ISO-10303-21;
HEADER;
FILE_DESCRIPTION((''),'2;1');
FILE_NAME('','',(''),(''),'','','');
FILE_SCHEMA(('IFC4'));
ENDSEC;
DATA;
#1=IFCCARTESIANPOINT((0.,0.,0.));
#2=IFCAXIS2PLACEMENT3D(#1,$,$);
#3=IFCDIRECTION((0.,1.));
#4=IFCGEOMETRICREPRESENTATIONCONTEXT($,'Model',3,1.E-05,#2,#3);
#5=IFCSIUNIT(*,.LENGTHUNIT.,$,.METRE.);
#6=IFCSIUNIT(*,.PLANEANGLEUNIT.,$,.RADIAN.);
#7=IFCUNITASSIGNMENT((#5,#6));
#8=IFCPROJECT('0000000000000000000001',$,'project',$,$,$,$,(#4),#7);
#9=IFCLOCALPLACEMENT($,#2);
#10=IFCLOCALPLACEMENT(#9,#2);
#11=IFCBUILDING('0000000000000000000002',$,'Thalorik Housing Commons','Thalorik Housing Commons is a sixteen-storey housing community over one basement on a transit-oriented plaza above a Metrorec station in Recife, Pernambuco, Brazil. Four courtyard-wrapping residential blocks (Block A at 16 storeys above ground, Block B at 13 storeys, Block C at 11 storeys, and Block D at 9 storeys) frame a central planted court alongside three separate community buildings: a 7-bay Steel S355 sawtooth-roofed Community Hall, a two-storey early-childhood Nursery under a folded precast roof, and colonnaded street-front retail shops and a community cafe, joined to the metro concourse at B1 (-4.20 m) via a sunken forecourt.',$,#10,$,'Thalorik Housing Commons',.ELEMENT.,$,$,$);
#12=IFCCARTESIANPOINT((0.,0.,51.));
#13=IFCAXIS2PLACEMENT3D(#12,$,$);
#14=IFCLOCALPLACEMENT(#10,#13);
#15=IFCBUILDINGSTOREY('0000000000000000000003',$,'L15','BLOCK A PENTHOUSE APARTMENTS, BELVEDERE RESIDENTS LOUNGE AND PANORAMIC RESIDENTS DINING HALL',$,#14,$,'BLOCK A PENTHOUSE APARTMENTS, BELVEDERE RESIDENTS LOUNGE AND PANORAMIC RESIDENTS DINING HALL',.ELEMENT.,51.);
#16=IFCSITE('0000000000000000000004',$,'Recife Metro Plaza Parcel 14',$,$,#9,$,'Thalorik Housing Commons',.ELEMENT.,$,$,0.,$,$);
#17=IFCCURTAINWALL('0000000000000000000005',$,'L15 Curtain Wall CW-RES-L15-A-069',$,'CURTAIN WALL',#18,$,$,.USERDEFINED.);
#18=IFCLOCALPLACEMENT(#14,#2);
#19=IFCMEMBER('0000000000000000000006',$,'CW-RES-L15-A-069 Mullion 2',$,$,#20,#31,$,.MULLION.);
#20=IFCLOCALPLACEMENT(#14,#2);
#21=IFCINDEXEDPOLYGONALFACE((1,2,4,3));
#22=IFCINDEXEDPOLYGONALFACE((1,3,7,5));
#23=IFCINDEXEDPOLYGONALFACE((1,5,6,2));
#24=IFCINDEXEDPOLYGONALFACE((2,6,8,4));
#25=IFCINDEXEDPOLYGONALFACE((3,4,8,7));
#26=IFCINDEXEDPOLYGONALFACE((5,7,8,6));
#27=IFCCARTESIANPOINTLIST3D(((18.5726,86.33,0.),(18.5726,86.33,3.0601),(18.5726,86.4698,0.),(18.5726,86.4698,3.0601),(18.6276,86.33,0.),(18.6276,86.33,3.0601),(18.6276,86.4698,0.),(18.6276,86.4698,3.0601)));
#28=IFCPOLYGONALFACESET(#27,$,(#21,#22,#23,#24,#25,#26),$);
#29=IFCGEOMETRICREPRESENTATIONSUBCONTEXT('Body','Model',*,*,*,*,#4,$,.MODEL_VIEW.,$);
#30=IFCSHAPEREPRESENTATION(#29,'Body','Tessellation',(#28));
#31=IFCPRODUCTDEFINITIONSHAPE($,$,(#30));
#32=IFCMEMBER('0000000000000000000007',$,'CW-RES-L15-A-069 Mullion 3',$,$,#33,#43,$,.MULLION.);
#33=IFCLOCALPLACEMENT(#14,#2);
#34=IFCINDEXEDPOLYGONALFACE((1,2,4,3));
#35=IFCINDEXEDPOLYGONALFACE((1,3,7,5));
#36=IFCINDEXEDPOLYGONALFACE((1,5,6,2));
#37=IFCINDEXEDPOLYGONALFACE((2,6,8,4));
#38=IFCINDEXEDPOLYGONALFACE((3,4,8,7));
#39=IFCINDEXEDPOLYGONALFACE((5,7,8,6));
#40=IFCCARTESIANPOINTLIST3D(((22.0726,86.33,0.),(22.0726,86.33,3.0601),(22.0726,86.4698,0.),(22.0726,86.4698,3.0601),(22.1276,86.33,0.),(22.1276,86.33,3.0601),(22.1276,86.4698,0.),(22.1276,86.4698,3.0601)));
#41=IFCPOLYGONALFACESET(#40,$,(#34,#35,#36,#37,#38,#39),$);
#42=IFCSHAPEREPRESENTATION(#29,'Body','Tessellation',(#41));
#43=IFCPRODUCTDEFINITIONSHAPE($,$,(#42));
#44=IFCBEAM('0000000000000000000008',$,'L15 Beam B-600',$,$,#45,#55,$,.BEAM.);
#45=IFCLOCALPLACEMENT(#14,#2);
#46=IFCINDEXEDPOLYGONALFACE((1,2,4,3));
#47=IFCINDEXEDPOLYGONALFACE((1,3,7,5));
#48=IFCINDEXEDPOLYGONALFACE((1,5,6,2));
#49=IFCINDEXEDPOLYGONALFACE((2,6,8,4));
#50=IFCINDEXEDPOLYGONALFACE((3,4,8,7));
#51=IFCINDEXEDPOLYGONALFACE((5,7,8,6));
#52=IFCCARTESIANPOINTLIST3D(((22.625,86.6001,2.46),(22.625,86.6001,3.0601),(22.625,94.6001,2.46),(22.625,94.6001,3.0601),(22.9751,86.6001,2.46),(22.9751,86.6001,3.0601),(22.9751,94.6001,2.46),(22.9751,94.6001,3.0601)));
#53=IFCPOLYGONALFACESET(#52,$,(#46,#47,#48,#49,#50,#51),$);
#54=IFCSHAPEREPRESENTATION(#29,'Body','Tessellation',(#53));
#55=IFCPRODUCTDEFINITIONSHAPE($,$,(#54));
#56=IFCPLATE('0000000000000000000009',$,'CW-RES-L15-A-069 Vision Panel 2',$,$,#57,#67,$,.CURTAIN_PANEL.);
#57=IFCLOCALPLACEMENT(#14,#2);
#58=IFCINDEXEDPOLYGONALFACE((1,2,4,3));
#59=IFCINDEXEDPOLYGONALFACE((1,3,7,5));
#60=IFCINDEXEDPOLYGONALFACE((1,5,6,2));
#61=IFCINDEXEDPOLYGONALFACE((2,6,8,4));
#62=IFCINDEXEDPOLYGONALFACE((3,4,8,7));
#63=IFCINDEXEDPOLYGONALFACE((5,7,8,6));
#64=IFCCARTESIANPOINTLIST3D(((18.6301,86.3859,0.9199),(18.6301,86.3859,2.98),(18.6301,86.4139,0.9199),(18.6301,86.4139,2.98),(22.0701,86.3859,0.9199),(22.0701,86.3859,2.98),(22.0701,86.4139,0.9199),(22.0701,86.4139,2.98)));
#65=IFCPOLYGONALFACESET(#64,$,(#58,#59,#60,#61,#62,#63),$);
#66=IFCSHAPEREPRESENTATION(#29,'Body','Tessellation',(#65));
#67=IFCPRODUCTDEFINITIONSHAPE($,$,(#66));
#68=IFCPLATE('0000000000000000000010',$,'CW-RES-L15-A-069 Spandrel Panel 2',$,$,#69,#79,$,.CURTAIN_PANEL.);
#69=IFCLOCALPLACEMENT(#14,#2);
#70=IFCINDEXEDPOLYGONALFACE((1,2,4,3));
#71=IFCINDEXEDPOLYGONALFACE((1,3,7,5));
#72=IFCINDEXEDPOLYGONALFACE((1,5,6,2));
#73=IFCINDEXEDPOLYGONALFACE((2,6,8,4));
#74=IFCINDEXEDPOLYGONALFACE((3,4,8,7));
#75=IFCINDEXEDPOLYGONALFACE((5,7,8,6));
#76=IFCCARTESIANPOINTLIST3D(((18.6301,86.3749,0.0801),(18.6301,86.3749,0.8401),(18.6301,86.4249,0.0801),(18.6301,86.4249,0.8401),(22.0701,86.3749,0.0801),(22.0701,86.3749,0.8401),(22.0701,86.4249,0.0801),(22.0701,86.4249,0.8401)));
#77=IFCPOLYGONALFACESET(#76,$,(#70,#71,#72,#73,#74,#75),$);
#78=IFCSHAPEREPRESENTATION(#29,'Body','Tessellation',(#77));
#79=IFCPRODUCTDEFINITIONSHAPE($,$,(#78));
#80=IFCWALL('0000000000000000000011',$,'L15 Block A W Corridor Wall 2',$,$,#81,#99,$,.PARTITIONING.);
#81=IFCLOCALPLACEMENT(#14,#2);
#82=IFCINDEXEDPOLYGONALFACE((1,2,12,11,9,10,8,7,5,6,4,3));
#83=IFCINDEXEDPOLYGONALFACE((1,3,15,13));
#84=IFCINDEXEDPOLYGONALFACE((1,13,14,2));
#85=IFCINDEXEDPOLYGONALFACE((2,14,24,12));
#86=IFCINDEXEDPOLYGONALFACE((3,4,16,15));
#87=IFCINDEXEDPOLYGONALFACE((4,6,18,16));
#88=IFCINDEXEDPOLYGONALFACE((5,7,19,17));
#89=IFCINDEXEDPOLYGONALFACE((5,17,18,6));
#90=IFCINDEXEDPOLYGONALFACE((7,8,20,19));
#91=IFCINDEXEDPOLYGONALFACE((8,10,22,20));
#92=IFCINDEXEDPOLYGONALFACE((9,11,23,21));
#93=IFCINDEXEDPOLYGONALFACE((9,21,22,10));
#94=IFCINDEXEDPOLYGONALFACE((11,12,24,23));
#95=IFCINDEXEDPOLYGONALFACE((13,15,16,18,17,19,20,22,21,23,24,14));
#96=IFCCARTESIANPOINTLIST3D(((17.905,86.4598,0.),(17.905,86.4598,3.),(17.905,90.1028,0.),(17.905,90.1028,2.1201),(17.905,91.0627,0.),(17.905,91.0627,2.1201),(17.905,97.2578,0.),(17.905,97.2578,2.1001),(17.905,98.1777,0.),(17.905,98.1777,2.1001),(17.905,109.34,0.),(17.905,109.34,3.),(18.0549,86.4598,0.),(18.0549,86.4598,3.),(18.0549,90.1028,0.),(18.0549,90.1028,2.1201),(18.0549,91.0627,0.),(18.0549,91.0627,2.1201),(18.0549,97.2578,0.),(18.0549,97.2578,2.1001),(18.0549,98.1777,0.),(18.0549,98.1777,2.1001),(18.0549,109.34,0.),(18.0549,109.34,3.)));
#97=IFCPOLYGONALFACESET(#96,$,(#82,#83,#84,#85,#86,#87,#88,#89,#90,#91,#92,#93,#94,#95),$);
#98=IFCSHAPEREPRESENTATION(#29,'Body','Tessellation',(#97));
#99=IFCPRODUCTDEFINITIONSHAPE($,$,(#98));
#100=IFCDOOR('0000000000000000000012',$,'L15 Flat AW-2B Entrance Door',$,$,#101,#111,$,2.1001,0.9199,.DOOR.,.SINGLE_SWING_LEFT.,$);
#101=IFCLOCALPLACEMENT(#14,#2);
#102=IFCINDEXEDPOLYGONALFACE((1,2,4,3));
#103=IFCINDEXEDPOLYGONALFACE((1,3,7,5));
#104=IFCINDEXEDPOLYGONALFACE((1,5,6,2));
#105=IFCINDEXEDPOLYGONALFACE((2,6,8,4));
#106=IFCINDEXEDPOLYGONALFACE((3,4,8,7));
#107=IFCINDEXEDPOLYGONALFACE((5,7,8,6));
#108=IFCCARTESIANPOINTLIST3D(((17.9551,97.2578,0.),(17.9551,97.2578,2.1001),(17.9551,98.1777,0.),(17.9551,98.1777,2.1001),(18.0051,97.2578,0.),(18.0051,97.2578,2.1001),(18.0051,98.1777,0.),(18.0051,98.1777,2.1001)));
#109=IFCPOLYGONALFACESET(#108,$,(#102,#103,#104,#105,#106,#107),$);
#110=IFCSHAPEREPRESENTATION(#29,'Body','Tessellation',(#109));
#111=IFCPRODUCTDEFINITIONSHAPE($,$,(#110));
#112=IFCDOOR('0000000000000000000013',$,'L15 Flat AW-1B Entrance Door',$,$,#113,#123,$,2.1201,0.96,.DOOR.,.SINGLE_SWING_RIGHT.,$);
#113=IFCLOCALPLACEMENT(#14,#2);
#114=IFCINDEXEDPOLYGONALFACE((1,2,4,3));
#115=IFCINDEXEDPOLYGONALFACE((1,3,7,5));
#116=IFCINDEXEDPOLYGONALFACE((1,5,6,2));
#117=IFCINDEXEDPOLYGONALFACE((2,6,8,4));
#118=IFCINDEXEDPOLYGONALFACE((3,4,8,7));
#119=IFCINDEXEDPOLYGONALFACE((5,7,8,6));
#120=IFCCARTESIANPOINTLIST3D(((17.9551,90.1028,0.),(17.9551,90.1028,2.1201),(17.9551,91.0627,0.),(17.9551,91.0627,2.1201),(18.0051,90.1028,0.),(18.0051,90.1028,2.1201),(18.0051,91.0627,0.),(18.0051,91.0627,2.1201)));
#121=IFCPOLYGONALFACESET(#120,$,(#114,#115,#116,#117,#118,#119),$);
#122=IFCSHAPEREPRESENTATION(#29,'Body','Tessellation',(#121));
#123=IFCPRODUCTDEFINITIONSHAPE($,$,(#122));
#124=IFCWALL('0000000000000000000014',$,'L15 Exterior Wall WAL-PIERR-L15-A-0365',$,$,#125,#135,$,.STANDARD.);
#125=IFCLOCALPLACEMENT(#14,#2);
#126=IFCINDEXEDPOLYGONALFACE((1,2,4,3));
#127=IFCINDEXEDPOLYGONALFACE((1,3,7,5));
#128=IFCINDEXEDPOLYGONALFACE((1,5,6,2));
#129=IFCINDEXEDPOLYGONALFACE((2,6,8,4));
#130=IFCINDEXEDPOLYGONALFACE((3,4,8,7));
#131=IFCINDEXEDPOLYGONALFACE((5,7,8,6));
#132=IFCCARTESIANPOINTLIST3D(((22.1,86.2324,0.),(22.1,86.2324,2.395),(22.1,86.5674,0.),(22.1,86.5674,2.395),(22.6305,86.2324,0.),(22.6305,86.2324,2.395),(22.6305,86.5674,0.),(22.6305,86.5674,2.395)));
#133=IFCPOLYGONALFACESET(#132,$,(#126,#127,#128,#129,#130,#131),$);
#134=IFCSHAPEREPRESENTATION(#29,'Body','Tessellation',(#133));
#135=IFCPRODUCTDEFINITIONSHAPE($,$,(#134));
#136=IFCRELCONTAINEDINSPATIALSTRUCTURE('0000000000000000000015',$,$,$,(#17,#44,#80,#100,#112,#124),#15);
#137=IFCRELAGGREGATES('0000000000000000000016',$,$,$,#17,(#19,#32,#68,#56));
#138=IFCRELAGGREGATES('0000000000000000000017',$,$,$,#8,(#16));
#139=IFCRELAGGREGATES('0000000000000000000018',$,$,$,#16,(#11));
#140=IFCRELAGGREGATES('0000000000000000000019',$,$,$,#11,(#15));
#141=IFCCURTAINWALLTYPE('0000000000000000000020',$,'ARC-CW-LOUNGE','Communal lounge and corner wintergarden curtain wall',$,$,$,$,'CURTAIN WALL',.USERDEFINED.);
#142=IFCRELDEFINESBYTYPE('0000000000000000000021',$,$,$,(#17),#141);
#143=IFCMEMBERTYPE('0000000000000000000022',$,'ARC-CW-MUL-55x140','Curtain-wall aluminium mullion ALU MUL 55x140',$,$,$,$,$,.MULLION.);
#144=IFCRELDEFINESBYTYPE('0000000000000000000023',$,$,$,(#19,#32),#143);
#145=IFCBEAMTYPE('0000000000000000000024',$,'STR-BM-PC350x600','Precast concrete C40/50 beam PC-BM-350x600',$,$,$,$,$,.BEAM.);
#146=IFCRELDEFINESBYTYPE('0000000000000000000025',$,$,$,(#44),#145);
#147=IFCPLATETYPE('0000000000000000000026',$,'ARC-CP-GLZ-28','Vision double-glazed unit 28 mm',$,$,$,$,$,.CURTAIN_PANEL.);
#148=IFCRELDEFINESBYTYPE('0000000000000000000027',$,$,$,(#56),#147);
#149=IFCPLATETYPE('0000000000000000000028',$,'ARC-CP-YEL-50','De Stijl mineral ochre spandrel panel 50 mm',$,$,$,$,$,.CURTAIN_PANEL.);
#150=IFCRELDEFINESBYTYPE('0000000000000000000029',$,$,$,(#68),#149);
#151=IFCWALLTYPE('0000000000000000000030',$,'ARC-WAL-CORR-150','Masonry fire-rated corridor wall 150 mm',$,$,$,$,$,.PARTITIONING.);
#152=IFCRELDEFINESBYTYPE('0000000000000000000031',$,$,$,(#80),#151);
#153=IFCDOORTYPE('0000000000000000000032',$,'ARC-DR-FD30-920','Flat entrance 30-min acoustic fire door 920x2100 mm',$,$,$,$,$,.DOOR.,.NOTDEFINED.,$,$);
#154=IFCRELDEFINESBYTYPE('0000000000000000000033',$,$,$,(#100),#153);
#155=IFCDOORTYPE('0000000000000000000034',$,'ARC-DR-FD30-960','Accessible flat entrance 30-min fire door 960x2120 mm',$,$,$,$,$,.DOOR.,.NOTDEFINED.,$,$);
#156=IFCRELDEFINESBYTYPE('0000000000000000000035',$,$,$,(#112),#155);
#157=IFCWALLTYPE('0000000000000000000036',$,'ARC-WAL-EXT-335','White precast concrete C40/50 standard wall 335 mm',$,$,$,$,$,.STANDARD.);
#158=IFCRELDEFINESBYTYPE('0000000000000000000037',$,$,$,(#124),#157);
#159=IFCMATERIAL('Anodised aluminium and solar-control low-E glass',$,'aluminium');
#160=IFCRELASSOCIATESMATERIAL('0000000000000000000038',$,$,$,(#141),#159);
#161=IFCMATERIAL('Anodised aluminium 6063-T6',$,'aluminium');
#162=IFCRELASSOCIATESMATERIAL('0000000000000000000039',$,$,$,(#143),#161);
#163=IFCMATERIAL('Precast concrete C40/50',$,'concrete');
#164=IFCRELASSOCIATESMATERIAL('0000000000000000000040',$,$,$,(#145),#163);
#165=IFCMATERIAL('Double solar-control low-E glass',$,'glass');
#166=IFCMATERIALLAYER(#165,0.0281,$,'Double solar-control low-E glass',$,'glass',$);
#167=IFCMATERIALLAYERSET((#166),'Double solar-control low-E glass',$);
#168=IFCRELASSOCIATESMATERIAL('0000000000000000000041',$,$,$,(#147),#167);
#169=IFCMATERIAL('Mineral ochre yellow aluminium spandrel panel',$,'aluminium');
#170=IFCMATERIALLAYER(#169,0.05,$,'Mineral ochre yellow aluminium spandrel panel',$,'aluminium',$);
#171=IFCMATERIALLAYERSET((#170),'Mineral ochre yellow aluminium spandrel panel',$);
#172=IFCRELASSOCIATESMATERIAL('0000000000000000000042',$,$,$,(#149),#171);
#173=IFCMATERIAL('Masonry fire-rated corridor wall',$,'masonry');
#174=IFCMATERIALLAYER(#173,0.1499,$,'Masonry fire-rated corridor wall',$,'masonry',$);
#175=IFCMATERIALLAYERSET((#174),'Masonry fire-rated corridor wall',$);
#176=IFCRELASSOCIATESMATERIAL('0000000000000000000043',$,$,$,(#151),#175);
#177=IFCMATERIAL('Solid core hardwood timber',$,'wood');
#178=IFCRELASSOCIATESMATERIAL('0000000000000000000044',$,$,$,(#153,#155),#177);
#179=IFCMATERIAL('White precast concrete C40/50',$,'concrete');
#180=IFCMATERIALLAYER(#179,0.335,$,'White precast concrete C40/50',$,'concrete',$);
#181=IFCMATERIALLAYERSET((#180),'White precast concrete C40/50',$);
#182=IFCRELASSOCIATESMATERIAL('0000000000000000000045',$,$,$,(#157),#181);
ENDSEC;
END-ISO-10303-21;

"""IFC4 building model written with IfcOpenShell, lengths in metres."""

from ifc_helpers import new_model, si_unit, direction, frame, frame_2d, origin, origin_2d, place, context, subcontext, project, spatial, rectangle, extrude, material, layer, layer_set, material_profile, profile_set, type_object, element, fill, aggregate, save


model = new_model("IFC4")

# Units and contexts
model_context = context("Model", 3, precision=1e-05, world=origin(), true_north=direction((0.0, 1.0)))
body_context = subcontext(model_context, "Body", "Model", "MODEL_VIEW")
ifc_project = project(units=[si_unit("LENGTHUNIT", "METRE"), si_unit("PLANEANGLEUNIT", "RADIAN")], contexts=[model_context])

# Site, building, storey
site_placement = place(None, origin())
site = spatial("IfcSite", under=ifc_project, at=site_placement, Name="Recife Metro Plaza Parcel 14", LongName="Thalorik Housing Commons", CompositionType="ELEMENT", RefElevation=0.0)
building_placement = place(site_placement, origin())
building = spatial("IfcBuilding", under=site, at=building_placement, Name="Thalorik Housing Commons", Description="Thalorik Housing Commons is a sixteen-storey housing community over one basement on a transit-oriented plaza above a Metrorec station in Recife, Pernambuco, Brazil. Four courtyard-wrapping residential blocks (Block A at 16 storeys above ground, Block B at 13 storeys, Block C at 11 storeys, and Block D at 9 storeys) frame a central planted court alongside three separate community buildings: a 7-bay Steel S355 sawtooth-roofed Community Hall, a two-storey early-childhood Nursery under a folded precast roof, and colonnaded street-front retail shops and a community cafe, joined to the metro concourse at B1 (-4.20 m) via a sunken forecourt.", LongName="Thalorik Housing Commons", CompositionType="ELEMENT")
storey_placement = place(building_placement, frame((0.0, 0.0, 51.0)))
storey = spatial("IfcBuildingStorey", under=building, at=storey_placement, Name="L15", Description="BLOCK A PENTHOUSE APARTMENTS, BELVEDERE RESIDENTS LOUNGE AND PANORAMIC RESIDENTS DINING HALL", LongName="BLOCK A PENTHOUSE APARTMENTS, BELVEDERE RESIDENTS LOUNGE AND PANORAMIC RESIDENTS DINING HALL", CompositionType="ELEMENT", Elevation=51.0)

# Curtain wall, members
ifc_material_1 = material(Name="Anodised aluminium and solar-control low-E glass", Category="aluminium")
curtain_wall_type = type_object("IfcCurtainWallType", Name="ARC-CW-LOUNGE", Description="Communal lounge and corner wintergarden curtain wall", ElementType="CURTAIN WALL", PredefinedType="USERDEFINED", material=ifc_material_1)
curtain_wall_placement = place(storey_placement, origin())
curtain_wall = element("IfcCurtainWall", 1, at=curtain_wall_placement, inside=storey, type_object=curtain_wall_type, Name="L15 Curtain Wall CW-RES-L15-A-069", ObjectType="CURTAIN WALL", PredefinedType="USERDEFINED")
ifc_material_2 = material(Name="Anodised aluminium 6063-T6", Category="aluminium")
ifc_material_profile_1 = material_profile(ifc_material_2, rectangle(XDim=0.0549, YDim=0.1399, at=origin_2d()), Name="ALU MUL 55x140", Category="aluminium")
ifc_profile_set_1 = profile_set([ifc_material_profile_1], Name="Anodised aluminium 6063-T6")
member_type = type_object("IfcMemberType", Name="ARC-CW-MUL-55x140", Description="Curtain-wall aluminium mullion ALU MUL 55x140", PredefinedType="MULLION", material=ifc_profile_set_1)
member_1_placement = place(storey_placement, frame((18.6001, 86.3999, 0.0), z_axis=(0.0, 0.0, 1.0), x_axis=(1.0, 0.0, 0.0)))
member_1 = element("IfcMember", 2, at=member_1_placement, type_object=member_type, Name="CW-RES-L15-A-069 Mullion 2", PredefinedType="MULLION", context=body_context, shape_type="SweptSolid", body=[
    extrude(rectangle(XDim=0.0549, YDim=0.1399, at=origin_2d()), origin(), (0.0, 0.0, 1.0), 3.0601),
])
member_2_placement = place(storey_placement, frame((22.1001, 86.3999, 0.0), z_axis=(0.0, 0.0, 1.0), x_axis=(1.0, 0.0, 0.0)))
member_2 = element("IfcMember", 3, at=member_2_placement, type_object=member_type, Name="CW-RES-L15-A-069 Mullion 3", PredefinedType="MULLION", context=body_context, shape_type="SweptSolid", body=[
    extrude(rectangle(XDim=0.0549, YDim=0.1399, at=origin_2d()), origin(), (0.0, 0.0, 1.0), 3.0601),
])

# Beam
ifc_material_3 = material(Name="Precast concrete C40/50", Category="concrete")
ifc_material_profile_2 = material_profile(ifc_material_3, rectangle(XDim=0.3501, YDim=0.6001, at=origin_2d()), Name="PC 350x600", Category="concrete")
ifc_profile_set_2 = profile_set([ifc_material_profile_2], Name="Precast concrete C40/50")
beam_type = type_object("IfcBeamType", Name="STR-BM-PC350x600", Description="Precast concrete C40/50 beam PC-BM-350x600", PredefinedType="BEAM", material=ifc_profile_set_2)
beam_placement = place(storey_placement, frame((22.8, 86.6001, 2.76), z_axis=(0.0, 1.0, 0.0), x_axis=(-1.0, 0.0, 0.0)))
element("IfcBeam", 4, at=beam_placement, inside=storey, type_object=beam_type, Name="L15 Beam B-600", PredefinedType="BEAM", context=body_context, shape_type="SweptSolid", body=[
    extrude(rectangle(XDim=0.3501, YDim=0.6001, at=origin_2d()), origin(), (0.0, 0.0, 1.0), 8.0),
])

# Plates
ifc_material_4 = material(Name="Double solar-control low-E glass", Category="glass")
ifc_layer_1 = layer(ifc_material_4, 0.0281, Name="Double solar-control low-E glass", Category="glass")
ifc_layer_set_1 = layer_set([ifc_layer_1], Name="Double solar-control low-E glass")
plate_type_1 = type_object("IfcPlateType", Name="ARC-CP-GLZ-28", Description="Vision double-glazed unit 28 mm", PredefinedType="CURTAIN_PANEL", material=ifc_layer_set_1)
plate_1_placement = place(storey_placement, frame((20.3501, 86.3999, 0.9199), z_axis=(0.0, 0.0, 1.0), x_axis=(1.0, 0.0, 0.0)))
plate_1 = element("IfcPlate", 5, at=plate_1_placement, type_object=plate_type_1, Name="CW-RES-L15-A-069 Vision Panel 2", PredefinedType="CURTAIN_PANEL", context=body_context, shape_type="SweptSolid", body=[
    extrude(rectangle(XDim=3.4399, YDim=0.0281, at=origin_2d()), origin(), (0.0, 0.0, 1.0), 2.0601),
])
ifc_material_5 = material(Name="Mineral ochre yellow aluminium spandrel panel", Category="aluminium")
ifc_layer_2 = layer(ifc_material_5, 0.05, Name="Mineral ochre yellow aluminium spandrel panel", Category="aluminium")
ifc_layer_set_2 = layer_set([ifc_layer_2], Name="Mineral ochre yellow aluminium spandrel panel")
plate_type_2 = type_object("IfcPlateType", Name="ARC-CP-YEL-50", Description="De Stijl mineral ochre spandrel panel 50 mm", PredefinedType="CURTAIN_PANEL", material=ifc_layer_set_2)
plate_2_placement = place(storey_placement, frame((20.3501, 86.3999, 0.0801), z_axis=(0.0, 0.0, 1.0), x_axis=(1.0, 0.0, 0.0)))
plate_2 = element("IfcPlate", 6, at=plate_2_placement, type_object=plate_type_2, Name="CW-RES-L15-A-069 Spandrel Panel 2", PredefinedType="CURTAIN_PANEL", context=body_context, shape_type="SweptSolid", body=[
    extrude(rectangle(XDim=3.4399, YDim=0.05, at=origin_2d()), origin(), (0.0, 0.0, 1.0), 0.76),
])
aggregate(curtain_wall, [member_1, member_2, plate_2, plate_1])

# Wall, openings, doors
ifc_material_6 = material(Name="Masonry fire-rated corridor wall", Category="masonry")
ifc_layer_3 = layer(ifc_material_6, 0.1499, Name="Masonry fire-rated corridor wall", Category="masonry")
ifc_layer_set_3 = layer_set([ifc_layer_3], Name="Masonry fire-rated corridor wall")
wall_type_1 = type_object("IfcWallType", Name="ARC-WAL-CORR-150", Description="Masonry fire-rated corridor wall 150 mm", PredefinedType="PARTITIONING", material=ifc_layer_set_3)
wall_1_placement = place(storey_placement, frame((17.98, 86.46, 0.0), z_axis=(0.0, 0.0, 1.0), x_axis=(0.0, 1.0, 0.0)))
wall_1 = element("IfcWall", 7, at=wall_1_placement, inside=storey, type_object=wall_type_1, Name="L15 Block A W Corridor Wall 2", PredefinedType="PARTITIONING", context=body_context, shape_type="SweptSolid", body=[
    extrude(rectangle(XDim=22.8801, YDim=0.1499, at=frame_2d((11.4399, 0.0))), origin(), (0.0, 0.0, 1.0), 3.0),
])
opening_1_placement = place(wall_1_placement, frame((3.6428, 0.0, 0.0)))
opening_1 = element("IfcOpeningElement", 8, at=opening_1_placement, cuts=wall_1, PredefinedType="OPENING", context=body_context, shape_type="SweptSolid", body=[
    extrude(rectangle(XDim=0.96, YDim=2.1201, at=frame_2d((0.48, 1.0601))), frame((0.0, 0.085, 0.0), z_axis=(0.0, -1.0, 0.0), x_axis=(1.0, 0.0, 0.0)), (0.0, 0.0, 1.0), 0.1699),
])
opening_2_placement = place(wall_1_placement, frame((10.7979, 0.0, 0.0)))
opening_2 = element("IfcOpeningElement", 9, at=opening_2_placement, cuts=wall_1, PredefinedType="OPENING", context=body_context, shape_type="SweptSolid", body=[
    extrude(rectangle(XDim=0.9199, YDim=2.1001, at=frame_2d((0.46, 1.05))), frame((0.0, 0.085, 0.0), z_axis=(0.0, -1.0, 0.0), x_axis=(1.0, 0.0, 0.0)), (0.0, 0.0, 1.0), 0.1699),
])
ifc_material_7 = material(Name="Solid core hardwood timber", Category="wood")
door_type_1 = type_object("IfcDoorType", Name="ARC-DR-FD30-920", Description="Flat entrance 30-min acoustic fire door 920x2100 mm", OperationType="NOTDEFINED", PredefinedType="DOOR", material=ifc_material_7)
door_1_placement = place(opening_2_placement, origin())
door_1 = element("IfcDoor", 10, at=door_1_placement, inside=storey, type_object=door_type_1, Name="L15 Flat AW-2B Entrance Door", OperationType="SINGLE_SWING_LEFT", OverallHeight=2.1001, OverallWidth=0.9199, PredefinedType="DOOR", context=body_context, shape_type="SweptSolid", body=[
    extrude(rectangle(XDim=0.9199, YDim=2.1001, at=frame_2d((0.46, 1.05))), frame((0.0, 0.0249, 0.0), z_axis=(0.0, -1.0, 0.0), x_axis=(1.0, 0.0, 0.0)), (0.0, 0.0, 1.0), 0.05),
])
fill(opening_2, door_1)
door_type_2 = type_object("IfcDoorType", Name="ARC-DR-FD30-960", Description="Accessible flat entrance 30-min fire door 960x2120 mm", OperationType="NOTDEFINED", PredefinedType="DOOR", material=ifc_material_7)
door_2_placement = place(opening_1_placement, origin())
door_2 = element("IfcDoor", 11, at=door_2_placement, inside=storey, type_object=door_type_2, Name="L15 Flat AW-1B Entrance Door", OperationType="SINGLE_SWING_RIGHT", OverallHeight=2.1201, OverallWidth=0.96, PredefinedType="DOOR", context=body_context, shape_type="SweptSolid", body=[
    extrude(rectangle(XDim=0.96, YDim=2.1201, at=frame_2d((0.48, 1.0601))), frame((0.0, 0.0249, 0.0), z_axis=(0.0, -1.0, 0.0), x_axis=(1.0, 0.0, 0.0)), (0.0, 0.0, 1.0), 0.05),
])
fill(opening_1, door_2)

# Wall
ifc_material_8 = material(Name="White precast concrete C40/50", Category="concrete")
ifc_layer_4 = layer(ifc_material_8, 0.335, Name="White precast concrete C40/50", Category="concrete")
ifc_layer_set_4 = layer_set([ifc_layer_4], Name="White precast concrete C40/50")
wall_type_2 = type_object("IfcWallType", Name="ARC-WAL-EXT-335", Description="White precast concrete C40/50 standard wall 335 mm", PredefinedType="STANDARD", material=ifc_layer_set_4)
wall_2_placement = place(storey_placement, frame((22.1001, 86.3999, 0.0), z_axis=(0.0, 0.0, 1.0), x_axis=(1.0, 0.0, 0.0)))
element("IfcWall", 12, at=wall_2_placement, inside=storey, type_object=wall_type_2, Name="L15 Exterior Wall WAL-PIERR-L15-A-0365", PredefinedType="STANDARD", context=body_context, shape_type="SweptSolid", body=[
    extrude(rectangle(XDim=0.5305, YDim=0.335, at=frame_2d((0.2651, 0.0))), origin(), (0.0, 0.0, 1.0), 2.395),
])

save(model, "model.ifc")
